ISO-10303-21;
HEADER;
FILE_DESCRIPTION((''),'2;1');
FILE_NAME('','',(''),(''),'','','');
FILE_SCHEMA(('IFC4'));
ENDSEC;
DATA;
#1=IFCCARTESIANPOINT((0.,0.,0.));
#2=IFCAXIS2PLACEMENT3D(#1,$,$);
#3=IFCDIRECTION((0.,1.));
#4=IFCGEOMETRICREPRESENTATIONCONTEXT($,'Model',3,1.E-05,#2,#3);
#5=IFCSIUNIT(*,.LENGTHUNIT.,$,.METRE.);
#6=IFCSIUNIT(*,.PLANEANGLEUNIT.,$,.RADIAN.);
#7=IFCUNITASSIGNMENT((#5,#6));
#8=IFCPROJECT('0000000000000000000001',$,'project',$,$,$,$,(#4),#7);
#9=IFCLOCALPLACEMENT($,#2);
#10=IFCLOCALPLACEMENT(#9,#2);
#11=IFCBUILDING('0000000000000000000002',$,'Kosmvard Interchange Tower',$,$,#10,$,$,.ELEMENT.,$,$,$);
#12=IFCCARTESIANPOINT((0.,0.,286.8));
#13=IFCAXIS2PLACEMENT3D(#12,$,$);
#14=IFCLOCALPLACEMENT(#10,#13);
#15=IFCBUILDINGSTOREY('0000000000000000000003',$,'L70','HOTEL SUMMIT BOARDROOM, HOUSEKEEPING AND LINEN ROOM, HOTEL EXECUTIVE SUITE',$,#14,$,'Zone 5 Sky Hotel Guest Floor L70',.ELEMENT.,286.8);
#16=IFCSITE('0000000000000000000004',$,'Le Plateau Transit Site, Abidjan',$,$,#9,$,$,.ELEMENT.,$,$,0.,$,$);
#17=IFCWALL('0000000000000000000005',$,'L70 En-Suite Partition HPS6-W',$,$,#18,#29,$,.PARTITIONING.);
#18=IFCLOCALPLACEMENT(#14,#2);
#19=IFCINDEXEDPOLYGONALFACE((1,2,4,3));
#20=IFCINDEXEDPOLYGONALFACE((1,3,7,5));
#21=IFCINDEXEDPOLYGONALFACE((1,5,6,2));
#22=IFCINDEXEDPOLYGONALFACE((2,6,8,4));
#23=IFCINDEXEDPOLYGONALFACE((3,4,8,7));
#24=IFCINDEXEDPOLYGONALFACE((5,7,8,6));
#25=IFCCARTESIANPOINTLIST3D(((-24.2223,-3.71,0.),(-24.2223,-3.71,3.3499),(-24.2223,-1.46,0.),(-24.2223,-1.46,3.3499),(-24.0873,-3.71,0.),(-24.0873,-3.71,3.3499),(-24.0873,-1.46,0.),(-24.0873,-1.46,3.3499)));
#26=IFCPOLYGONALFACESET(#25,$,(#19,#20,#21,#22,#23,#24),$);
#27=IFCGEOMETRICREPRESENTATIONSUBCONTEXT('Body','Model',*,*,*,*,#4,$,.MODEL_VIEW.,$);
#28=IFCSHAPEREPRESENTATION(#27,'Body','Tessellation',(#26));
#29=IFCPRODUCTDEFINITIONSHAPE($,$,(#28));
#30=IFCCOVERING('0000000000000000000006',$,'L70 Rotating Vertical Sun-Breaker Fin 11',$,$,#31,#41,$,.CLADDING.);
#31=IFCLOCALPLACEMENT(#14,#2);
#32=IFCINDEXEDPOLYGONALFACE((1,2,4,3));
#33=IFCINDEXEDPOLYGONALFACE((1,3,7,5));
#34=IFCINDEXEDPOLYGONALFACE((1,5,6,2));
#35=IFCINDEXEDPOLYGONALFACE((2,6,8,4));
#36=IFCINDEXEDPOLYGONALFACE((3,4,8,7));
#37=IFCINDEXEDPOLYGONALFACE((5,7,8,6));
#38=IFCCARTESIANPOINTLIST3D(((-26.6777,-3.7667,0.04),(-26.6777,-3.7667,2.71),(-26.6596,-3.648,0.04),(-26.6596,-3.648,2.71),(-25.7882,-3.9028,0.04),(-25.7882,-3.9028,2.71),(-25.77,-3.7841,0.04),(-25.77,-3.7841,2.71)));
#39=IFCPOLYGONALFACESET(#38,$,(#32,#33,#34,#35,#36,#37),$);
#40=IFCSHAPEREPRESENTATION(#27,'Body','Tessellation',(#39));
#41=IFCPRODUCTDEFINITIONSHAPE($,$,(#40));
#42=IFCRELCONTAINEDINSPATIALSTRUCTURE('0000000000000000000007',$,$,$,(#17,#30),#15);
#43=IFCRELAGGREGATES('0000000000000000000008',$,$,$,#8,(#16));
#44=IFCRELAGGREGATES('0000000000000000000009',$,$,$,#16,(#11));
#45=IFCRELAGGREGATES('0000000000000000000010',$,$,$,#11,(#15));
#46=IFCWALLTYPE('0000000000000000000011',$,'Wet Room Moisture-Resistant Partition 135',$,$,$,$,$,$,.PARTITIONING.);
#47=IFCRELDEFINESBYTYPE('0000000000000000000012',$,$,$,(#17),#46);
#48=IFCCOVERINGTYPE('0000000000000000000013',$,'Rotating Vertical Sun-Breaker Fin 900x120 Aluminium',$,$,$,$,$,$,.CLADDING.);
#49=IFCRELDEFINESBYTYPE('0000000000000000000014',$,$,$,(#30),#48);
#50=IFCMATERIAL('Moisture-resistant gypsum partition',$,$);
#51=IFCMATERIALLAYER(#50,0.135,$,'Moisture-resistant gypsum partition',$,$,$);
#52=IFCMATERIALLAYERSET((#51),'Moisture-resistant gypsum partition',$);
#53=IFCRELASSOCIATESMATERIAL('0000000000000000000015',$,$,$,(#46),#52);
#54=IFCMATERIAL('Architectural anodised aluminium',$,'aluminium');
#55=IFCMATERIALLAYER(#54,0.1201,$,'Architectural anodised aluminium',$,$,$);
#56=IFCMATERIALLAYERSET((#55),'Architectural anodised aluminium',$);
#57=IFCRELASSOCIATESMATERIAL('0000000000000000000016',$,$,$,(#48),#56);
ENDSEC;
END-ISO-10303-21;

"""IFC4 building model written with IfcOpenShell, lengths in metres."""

from ifc_helpers import new_model, si_unit, direction, frame, frame_2d, origin, origin_2d, place, context, subcontext, project, spatial, rectangle, extrude, source, transform, mapped, material, layer, layer_set, type_object, element, save


model = new_model("IFC4")

# Units and contexts
model_context = context("Model", 3, precision=1e-05, world=origin(), true_north=direction((0.0, 1.0)))
body_context = subcontext(model_context, "Body", "Model", "MODEL_VIEW")
ifc_project = project(units=[si_unit("LENGTHUNIT", "METRE"), si_unit("PLANEANGLEUNIT", "RADIAN")], contexts=[model_context])

# Site, building, storey
site_placement = place(None, origin())
site = spatial("IfcSite", under=ifc_project, at=site_placement, Name="Le Plateau Transit Site, Abidjan", CompositionType="ELEMENT", RefElevation=0.0)
building_placement = place(site_placement, origin())
building = spatial("IfcBuilding", under=site, at=building_placement, Name="Kosmvard Interchange Tower", CompositionType="ELEMENT")
storey_placement = place(building_placement, frame((0.0, 0.0, 286.8)))
storey = spatial("IfcBuildingStorey", under=building, at=storey_placement, Name="L70", Description="HOTEL SUMMIT BOARDROOM, HOUSEKEEPING AND LINEN ROOM, HOTEL EXECUTIVE SUITE", LongName="Zone 5 Sky Hotel Guest Floor L70", CompositionType="ELEMENT", Elevation=286.8)

# Shared definitions
ifc_material_1 = material(Name="Moisture-resistant gypsum partition")
ifc_layer_1 = layer(ifc_material_1, 0.135, Name="Moisture-resistant gypsum partition")
ifc_layer_set_1 = layer_set([ifc_layer_1], Name="Moisture-resistant gypsum partition")
wall_type_1 = type_object("IfcWallType", Name="Wet Room Moisture-Resistant Partition 135", PredefinedType="PARTITIONING", material=ifc_layer_set_1)

# Wall
wall_1_placement = place(storey_placement, frame((-24.1548, -3.71, 0.0), z_axis=(0.0, 0.0, 1.0), x_axis=(0.0, 1.0, 0.0)))
element("IfcWall", 1, at=wall_1_placement, inside=storey, type_object=wall_type_1, Name="L70 En-Suite Partition HPS6-W", PredefinedType="PARTITIONING", context=body_context, shape_type="SweptSolid", body=[
    extrude(rectangle(XDim=2.25, YDim=0.135, at=frame_2d((1.125, 0.0))), origin(), (0.0, 0.0, 1.0), 3.3499),
])

# Covering
ifc_material_2 = material(Name="Architectural anodised aluminium", Category="aluminium")
ifc_layer_2 = layer(ifc_material_2, 0.1201, Name="Architectural anodised aluminium")
ifc_layer_set_2 = layer_set([ifc_layer_2], Name="Architectural anodised aluminium")
covering_type = type_object("IfcCoveringType", Name="Rotating Vertical Sun-Breaker Fin 900x120 Aluminium", PredefinedType="CLADDING", material=ifc_layer_set_2)
shared_shape_1 = source(origin(), body_context, "Body", "SweptSolid", [
    extrude(rectangle(XDim=0.8999, YDim=0.1201, at=origin_2d()), origin(), (0.0, 0.0, 1.0), 2.6699),
])
covering_placement = place(storey_placement, frame((-26.2239, -3.7754, 0.04), z_axis=(0.0, 0.0, 1.0), x_axis=(-0.988494, 0.151261, 0.0)))
element("IfcCovering", 2, at=covering_placement, inside=storey, type_object=covering_type, Name="L70 Rotating Vertical Sun-Breaker Fin 11", PredefinedType="CLADDING", context=body_context, shape_type="MappedRepresentation", body=[
    mapped(shared_shape_1, transform((0.0, 0.0, 0.0), scale=1.0)),
])

save(model, "model.ifc")
